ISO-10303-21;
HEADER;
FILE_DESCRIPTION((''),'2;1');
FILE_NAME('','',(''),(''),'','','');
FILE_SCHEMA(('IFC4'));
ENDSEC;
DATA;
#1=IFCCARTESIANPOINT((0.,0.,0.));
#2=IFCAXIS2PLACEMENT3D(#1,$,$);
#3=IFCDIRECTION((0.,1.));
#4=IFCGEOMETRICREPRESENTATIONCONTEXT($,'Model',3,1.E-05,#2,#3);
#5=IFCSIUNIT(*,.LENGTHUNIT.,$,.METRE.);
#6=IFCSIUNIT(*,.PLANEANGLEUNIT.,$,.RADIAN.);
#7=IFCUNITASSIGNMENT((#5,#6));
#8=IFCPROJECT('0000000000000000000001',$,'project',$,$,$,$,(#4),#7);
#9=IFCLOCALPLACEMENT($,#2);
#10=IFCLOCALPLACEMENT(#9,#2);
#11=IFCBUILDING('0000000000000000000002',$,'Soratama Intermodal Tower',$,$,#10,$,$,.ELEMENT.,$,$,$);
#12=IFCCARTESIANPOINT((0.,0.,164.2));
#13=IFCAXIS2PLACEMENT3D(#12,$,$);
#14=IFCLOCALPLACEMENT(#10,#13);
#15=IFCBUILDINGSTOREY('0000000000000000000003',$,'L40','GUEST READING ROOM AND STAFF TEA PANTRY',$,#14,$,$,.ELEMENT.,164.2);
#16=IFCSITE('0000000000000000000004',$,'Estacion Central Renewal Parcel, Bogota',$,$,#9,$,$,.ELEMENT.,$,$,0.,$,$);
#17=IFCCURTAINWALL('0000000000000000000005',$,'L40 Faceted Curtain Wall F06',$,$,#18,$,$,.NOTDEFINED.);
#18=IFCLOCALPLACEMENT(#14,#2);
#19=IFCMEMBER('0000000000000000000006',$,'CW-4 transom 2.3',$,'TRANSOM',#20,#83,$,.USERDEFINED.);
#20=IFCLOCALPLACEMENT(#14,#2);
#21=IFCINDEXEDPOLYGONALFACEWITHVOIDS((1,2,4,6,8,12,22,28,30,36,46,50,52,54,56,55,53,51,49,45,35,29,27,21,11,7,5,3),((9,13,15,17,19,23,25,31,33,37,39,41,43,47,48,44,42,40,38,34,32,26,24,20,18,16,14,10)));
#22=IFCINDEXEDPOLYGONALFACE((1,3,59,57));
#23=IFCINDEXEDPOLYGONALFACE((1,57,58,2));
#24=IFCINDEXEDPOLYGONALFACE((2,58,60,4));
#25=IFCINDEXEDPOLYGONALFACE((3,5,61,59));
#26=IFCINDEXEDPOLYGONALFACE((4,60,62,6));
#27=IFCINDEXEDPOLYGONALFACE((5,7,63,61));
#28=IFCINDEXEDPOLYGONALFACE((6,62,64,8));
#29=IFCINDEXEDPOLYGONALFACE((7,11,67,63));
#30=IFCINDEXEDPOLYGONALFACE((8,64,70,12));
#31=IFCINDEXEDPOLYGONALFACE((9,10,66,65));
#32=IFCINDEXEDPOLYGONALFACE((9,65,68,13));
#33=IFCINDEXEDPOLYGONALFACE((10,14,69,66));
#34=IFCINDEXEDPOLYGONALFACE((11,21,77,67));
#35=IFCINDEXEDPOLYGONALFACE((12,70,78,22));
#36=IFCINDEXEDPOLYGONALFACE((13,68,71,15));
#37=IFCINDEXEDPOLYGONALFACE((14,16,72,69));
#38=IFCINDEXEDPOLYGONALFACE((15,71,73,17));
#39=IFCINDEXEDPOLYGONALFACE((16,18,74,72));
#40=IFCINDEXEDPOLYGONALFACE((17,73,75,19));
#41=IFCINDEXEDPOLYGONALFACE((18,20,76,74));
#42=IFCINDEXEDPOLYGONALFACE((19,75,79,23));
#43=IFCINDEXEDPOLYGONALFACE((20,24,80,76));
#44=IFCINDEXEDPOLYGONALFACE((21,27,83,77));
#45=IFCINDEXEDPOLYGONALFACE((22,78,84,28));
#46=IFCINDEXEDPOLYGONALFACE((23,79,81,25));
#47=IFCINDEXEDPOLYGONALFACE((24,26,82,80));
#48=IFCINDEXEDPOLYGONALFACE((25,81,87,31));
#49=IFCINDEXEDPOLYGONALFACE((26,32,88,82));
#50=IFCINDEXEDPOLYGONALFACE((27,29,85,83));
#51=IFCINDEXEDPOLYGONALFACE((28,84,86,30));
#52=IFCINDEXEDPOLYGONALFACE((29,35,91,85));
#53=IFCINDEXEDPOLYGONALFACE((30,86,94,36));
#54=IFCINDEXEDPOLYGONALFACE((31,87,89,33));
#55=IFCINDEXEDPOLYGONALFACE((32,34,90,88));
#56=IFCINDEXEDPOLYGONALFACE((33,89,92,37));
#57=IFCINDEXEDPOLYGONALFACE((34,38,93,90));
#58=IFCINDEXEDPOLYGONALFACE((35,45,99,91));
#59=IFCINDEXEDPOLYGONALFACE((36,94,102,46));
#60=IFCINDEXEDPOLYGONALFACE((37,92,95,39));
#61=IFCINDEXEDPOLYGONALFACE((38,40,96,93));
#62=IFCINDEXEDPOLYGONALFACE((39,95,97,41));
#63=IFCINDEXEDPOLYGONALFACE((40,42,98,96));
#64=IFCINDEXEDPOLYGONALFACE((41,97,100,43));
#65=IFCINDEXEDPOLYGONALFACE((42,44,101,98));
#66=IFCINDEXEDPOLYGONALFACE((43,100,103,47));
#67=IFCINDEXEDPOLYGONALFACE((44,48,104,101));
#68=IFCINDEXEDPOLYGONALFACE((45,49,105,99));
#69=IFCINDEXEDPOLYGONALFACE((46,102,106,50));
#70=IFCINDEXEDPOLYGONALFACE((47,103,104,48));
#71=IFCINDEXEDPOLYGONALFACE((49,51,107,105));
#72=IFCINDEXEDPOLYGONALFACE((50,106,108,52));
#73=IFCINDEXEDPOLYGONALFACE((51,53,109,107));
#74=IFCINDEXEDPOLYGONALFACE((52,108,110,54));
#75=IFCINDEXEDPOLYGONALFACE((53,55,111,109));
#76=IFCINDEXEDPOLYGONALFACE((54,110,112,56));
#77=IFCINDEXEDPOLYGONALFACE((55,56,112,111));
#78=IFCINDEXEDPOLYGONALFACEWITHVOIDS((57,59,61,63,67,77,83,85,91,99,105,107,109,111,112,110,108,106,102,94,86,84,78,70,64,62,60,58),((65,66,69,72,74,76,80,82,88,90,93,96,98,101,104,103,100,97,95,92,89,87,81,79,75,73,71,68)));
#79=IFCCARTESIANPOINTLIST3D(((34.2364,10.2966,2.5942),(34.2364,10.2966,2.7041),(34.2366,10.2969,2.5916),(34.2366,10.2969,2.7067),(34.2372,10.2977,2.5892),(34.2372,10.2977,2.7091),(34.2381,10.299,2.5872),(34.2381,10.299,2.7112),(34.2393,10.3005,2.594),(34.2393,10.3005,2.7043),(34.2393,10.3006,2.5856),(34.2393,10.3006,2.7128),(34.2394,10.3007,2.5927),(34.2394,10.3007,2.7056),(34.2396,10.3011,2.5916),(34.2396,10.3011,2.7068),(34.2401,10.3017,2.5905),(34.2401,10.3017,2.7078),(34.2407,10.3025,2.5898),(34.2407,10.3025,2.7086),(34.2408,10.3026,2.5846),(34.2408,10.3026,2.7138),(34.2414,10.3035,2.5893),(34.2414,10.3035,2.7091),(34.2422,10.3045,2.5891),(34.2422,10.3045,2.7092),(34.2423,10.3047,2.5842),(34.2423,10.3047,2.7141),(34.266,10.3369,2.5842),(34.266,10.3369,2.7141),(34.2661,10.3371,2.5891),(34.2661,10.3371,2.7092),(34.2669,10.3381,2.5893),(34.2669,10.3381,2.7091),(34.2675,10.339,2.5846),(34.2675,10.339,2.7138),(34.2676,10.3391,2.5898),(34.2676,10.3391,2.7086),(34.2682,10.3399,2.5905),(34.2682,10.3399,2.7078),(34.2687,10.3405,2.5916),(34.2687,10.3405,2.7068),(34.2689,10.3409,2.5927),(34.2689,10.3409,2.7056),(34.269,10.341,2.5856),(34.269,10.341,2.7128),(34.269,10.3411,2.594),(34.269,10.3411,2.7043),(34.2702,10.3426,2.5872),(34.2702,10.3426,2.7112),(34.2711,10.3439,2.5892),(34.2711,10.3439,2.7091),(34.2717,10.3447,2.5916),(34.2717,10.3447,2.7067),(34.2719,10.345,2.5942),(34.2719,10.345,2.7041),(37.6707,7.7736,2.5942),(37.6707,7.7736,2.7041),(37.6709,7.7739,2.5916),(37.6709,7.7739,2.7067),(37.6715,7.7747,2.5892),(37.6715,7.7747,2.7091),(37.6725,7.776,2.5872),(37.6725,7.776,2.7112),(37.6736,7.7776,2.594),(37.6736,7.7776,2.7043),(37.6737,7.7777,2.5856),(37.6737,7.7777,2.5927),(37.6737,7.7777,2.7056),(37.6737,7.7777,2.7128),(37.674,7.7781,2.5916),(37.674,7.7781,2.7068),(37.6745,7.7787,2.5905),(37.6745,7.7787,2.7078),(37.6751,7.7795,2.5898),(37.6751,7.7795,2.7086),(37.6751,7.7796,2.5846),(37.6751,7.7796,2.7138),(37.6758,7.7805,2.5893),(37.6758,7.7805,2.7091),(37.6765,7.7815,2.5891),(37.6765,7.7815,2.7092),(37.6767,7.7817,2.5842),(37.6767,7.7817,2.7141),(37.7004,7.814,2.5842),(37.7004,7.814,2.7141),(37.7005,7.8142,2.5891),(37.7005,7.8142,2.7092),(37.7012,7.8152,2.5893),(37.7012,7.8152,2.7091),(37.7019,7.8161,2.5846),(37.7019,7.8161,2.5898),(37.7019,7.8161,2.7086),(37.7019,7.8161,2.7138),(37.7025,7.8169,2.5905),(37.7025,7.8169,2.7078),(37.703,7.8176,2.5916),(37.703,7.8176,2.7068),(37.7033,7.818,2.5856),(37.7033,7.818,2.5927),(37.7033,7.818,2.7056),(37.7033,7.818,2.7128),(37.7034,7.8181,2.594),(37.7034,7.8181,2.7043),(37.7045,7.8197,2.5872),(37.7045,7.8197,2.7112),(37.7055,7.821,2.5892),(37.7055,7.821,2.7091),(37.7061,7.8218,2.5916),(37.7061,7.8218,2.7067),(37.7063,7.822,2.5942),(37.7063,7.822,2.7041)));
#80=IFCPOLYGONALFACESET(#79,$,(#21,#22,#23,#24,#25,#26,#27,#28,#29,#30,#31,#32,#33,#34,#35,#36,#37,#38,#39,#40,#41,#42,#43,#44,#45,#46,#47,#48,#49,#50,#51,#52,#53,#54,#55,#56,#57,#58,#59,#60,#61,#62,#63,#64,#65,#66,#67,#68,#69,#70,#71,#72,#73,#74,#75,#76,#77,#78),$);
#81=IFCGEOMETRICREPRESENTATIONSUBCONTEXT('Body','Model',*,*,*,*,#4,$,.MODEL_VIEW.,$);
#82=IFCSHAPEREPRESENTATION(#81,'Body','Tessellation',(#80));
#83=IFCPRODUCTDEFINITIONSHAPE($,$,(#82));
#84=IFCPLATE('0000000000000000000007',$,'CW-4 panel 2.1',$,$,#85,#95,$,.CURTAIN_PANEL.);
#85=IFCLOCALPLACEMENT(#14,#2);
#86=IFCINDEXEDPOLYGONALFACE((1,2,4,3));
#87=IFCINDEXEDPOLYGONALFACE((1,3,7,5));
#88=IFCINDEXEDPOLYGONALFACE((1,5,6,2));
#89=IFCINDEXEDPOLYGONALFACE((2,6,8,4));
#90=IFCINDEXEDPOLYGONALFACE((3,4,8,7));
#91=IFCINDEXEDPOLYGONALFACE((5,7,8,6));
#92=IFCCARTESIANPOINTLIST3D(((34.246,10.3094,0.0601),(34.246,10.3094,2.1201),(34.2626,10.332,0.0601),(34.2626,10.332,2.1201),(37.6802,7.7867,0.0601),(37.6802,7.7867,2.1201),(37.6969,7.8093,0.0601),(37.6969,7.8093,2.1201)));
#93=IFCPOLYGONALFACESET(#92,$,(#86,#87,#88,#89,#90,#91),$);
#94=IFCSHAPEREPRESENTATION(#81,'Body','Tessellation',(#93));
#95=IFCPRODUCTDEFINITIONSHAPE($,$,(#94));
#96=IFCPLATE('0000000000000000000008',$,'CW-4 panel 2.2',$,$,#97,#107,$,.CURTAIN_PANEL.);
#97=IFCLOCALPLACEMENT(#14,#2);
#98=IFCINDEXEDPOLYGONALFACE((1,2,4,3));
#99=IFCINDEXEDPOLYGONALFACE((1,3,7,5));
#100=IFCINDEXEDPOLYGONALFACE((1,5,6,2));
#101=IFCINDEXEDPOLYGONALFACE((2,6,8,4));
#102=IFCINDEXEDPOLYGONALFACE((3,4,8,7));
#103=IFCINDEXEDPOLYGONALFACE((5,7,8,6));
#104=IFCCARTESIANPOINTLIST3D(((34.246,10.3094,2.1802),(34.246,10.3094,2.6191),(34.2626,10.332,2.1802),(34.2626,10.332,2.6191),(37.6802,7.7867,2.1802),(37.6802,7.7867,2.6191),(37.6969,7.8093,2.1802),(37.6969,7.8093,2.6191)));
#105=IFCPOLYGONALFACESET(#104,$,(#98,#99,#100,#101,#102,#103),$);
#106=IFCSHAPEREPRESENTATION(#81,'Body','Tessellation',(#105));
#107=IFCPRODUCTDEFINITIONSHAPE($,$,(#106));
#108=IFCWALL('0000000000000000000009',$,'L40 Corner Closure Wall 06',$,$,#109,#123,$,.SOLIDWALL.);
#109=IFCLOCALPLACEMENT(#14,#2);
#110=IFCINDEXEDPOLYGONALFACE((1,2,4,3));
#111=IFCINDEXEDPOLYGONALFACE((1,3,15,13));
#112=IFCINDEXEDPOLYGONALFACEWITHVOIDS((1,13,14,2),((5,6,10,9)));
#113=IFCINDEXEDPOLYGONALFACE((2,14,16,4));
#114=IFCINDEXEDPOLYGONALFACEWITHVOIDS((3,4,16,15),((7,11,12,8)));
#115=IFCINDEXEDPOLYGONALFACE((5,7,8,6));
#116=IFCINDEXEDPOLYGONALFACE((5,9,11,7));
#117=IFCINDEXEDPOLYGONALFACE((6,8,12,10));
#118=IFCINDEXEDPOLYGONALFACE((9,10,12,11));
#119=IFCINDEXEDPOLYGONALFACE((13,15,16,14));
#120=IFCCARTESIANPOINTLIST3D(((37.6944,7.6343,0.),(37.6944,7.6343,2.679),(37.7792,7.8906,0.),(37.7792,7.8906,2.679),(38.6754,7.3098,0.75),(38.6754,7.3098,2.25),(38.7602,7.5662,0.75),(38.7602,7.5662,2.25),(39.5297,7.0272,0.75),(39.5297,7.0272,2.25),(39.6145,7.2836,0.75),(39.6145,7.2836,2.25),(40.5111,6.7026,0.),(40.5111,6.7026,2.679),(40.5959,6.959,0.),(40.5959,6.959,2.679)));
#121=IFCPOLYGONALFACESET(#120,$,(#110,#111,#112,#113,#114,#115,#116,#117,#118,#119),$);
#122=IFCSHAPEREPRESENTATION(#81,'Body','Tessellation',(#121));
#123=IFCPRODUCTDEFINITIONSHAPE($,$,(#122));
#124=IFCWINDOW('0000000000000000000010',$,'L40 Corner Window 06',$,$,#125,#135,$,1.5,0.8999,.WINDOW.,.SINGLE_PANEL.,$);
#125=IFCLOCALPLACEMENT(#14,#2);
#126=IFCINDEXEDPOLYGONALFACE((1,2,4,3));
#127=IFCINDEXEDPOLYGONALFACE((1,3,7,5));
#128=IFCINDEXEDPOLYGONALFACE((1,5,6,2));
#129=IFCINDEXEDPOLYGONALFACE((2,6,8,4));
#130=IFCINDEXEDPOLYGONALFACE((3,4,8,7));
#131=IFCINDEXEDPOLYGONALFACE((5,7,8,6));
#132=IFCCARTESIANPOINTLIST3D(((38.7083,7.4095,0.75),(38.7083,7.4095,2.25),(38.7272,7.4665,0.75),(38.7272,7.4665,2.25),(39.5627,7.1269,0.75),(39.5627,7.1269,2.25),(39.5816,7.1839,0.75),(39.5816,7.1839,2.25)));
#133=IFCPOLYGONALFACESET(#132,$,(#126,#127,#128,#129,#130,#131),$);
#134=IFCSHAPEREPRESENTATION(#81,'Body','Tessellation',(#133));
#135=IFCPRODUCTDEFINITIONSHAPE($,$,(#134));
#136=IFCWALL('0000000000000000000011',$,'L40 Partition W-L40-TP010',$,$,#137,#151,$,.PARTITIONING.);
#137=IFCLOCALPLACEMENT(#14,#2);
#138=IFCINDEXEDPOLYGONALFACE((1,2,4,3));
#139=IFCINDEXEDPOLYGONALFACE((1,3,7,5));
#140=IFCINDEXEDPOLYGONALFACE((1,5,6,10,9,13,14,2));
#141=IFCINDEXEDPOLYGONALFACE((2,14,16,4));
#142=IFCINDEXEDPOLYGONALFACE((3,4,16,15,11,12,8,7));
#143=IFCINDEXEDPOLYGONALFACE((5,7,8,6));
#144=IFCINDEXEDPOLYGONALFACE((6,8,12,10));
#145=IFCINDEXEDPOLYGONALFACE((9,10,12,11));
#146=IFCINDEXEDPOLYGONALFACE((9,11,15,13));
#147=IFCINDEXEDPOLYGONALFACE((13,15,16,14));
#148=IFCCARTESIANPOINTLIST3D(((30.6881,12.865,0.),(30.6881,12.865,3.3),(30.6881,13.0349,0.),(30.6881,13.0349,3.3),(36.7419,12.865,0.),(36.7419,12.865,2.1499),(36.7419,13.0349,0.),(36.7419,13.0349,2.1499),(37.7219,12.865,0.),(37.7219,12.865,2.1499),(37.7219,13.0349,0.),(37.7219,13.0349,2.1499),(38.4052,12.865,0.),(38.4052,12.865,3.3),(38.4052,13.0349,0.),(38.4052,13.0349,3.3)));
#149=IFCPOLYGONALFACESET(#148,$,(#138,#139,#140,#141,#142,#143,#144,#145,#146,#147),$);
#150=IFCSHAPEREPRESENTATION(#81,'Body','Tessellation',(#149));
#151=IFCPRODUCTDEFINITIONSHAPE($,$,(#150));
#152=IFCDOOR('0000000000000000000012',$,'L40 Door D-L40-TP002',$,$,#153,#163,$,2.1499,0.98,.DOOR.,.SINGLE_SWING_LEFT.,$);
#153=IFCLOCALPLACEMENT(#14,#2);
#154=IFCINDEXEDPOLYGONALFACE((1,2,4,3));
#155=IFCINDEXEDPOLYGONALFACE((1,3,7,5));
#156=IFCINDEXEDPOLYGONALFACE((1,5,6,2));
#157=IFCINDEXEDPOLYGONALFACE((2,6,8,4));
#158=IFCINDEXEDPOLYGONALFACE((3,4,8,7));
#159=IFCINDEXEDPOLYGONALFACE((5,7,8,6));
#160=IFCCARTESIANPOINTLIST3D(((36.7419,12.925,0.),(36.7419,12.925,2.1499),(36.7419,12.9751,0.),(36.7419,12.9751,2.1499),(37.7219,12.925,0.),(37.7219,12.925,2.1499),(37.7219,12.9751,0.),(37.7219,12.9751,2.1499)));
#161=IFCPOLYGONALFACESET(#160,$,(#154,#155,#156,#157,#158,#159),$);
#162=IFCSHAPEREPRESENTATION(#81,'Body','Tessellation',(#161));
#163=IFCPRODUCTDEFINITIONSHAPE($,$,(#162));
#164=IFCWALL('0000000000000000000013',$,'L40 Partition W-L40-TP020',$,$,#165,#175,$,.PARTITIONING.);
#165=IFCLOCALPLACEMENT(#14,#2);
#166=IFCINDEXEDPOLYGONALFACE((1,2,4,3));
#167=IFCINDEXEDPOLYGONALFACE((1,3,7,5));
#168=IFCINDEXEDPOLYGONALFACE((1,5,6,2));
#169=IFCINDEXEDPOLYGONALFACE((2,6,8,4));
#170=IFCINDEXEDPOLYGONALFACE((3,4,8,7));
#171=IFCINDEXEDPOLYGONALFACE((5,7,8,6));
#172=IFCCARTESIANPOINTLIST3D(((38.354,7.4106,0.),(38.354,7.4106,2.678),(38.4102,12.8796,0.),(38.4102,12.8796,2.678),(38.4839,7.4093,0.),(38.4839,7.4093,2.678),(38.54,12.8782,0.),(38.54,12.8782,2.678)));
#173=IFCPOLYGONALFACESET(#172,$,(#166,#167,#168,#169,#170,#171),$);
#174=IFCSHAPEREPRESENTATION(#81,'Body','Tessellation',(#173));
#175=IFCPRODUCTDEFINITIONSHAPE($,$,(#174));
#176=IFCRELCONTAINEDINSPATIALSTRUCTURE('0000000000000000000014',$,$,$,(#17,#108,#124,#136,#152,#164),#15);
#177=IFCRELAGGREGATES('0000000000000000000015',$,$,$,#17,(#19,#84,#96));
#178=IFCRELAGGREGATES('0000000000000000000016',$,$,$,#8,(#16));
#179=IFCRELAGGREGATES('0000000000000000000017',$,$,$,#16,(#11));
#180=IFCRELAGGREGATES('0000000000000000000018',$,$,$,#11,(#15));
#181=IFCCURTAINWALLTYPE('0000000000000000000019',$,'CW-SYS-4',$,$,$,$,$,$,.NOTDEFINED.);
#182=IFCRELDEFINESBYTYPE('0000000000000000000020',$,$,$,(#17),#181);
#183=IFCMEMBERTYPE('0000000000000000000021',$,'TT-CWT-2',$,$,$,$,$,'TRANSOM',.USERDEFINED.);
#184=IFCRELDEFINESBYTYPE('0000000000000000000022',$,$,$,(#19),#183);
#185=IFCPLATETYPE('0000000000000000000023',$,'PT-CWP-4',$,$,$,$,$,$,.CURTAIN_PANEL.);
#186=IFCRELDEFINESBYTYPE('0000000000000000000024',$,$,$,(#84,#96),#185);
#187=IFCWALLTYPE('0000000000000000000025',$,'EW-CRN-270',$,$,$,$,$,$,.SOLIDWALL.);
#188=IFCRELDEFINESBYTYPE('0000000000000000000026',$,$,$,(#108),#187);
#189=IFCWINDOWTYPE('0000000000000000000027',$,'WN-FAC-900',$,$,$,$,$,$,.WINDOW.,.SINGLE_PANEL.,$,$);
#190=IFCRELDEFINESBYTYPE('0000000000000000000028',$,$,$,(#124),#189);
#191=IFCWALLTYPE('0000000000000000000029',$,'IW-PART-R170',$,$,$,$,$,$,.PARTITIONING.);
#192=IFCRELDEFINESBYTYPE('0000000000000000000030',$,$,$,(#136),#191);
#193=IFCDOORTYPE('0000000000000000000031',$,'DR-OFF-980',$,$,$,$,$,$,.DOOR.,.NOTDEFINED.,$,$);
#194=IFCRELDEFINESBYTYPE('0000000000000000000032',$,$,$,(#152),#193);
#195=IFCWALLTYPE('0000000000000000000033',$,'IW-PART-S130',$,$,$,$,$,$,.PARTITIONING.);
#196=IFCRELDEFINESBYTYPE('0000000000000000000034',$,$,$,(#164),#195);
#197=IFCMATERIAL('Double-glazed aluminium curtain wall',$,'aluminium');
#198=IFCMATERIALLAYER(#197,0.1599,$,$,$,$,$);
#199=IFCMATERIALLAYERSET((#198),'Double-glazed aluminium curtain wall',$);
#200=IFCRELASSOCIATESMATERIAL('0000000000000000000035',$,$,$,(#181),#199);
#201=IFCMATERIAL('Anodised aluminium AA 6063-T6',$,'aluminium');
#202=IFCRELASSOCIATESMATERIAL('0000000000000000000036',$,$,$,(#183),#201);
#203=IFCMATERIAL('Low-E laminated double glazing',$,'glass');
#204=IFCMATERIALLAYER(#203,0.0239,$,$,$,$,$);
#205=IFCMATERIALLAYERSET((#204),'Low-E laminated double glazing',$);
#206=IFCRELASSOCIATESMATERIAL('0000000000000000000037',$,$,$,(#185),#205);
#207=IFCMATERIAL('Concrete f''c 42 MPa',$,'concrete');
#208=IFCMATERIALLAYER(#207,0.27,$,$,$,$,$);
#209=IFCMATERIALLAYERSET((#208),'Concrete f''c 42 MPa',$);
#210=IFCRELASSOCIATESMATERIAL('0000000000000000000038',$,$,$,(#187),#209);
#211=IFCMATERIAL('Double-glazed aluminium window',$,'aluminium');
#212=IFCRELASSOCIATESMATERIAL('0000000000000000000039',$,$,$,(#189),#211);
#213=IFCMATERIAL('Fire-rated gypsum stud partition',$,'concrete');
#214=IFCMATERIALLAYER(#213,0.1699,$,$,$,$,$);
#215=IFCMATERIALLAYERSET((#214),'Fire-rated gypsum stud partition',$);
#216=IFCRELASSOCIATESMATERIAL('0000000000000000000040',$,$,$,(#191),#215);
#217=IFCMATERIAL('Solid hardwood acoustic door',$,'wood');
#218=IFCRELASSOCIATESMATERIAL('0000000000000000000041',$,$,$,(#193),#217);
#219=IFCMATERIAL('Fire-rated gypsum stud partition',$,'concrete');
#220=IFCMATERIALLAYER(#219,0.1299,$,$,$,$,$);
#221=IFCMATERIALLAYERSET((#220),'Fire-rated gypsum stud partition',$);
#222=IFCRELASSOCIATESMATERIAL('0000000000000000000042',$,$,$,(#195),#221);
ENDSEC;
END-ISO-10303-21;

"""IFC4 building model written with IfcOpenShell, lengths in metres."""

from ifc_helpers import new_model, si_unit, direction, frame, frame_2d, origin, origin_2d, place, context, subcontext, project, spatial, rectangle, hollow_rectangle, extrude, material, layer, layer_set, material_profile, profile_set, type_object, element, fill, aggregate, save


model = new_model("IFC4")

# Units and contexts
model_context = context("Model", 3, precision=1e-05, world=origin(), true_north=direction((0.0, 1.0)))
body_context = subcontext(model_context, "Body", "Model", "MODEL_VIEW")
ifc_project = project(units=[si_unit("LENGTHUNIT", "METRE"), si_unit("PLANEANGLEUNIT", "RADIAN")], contexts=[model_context])

# Site, building, storey
site_placement = place(None, origin())
site = spatial("IfcSite", under=ifc_project, at=site_placement, Name="Estacion Central Renewal Parcel, Bogota", CompositionType="ELEMENT", RefElevation=0.0)
building_placement = place(site_placement, origin())
building = spatial("IfcBuilding", under=site, at=building_placement, Name="Soratama Intermodal Tower", CompositionType="ELEMENT")
storey_placement = place(building_placement, frame((0.0, 0.0, 164.2)))
storey = spatial("IfcBuildingStorey", under=building, at=storey_placement, Name="L40", Description="GUEST READING ROOM AND STAFF TEA PANTRY", CompositionType="ELEMENT", Elevation=164.2)

# Curtain wall, member, plates
ifc_material_1 = material(Name="Double-glazed aluminium curtain wall", Category="aluminium")
ifc_layer_1 = layer(ifc_material_1, 0.1599)
ifc_layer_set_1 = layer_set([ifc_layer_1], Name="Double-glazed aluminium curtain wall")
curtain_wall_type = type_object("IfcCurtainWallType", Name="CW-SYS-4", PredefinedType="NOTDEFINED", material=ifc_layer_set_1)
curtain_wall_placement = place(storey_placement, origin())
curtain_wall = element("IfcCurtainWall", 1, at=curtain_wall_placement, inside=storey, type_object=curtain_wall_type, Name="L40 Faceted Curtain Wall F06", PredefinedType="NOTDEFINED")
ifc_material_2 = material(Name="Anodised aluminium AA 6063-T6", Category="aluminium")
ifc_material_profile_1 = material_profile(ifc_material_2, hollow_rectangle(XDim=0.0601, YDim=0.1299, WallThickness=0.0049, InnerFilletRadius=0.0049, OuterFilletRadius=0.01, at=origin_2d()), Name="CWT130X60X5")
ifc_profile_set_1 = profile_set([ifc_material_profile_1], Name="Anodised aluminium AA 6063-T6")
member_type_1 = type_object("IfcMemberType", Name="TT-CWT-2", ElementType="TRANSOM", PredefinedType="USERDEFINED", material=ifc_profile_set_1)
member_1_placement = place(storey_placement, frame((34.2542, 10.3208, 2.6492), z_axis=(0.805907, -0.592042, 0.0), x_axis=(0.592042, 0.805907, 0.0)))
member_1 = element("IfcMember", 2, at=member_1_placement, type_object=member_type_1, Name="CW-4 transom 2.3", ObjectType="TRANSOM", PredefinedType="USERDEFINED", context=body_context, shape_type="SweptSolid", body=[
    extrude(hollow_rectangle(XDim=0.0601, YDim=0.1299, WallThickness=0.0049, InnerFilletRadius=0.0049, OuterFilletRadius=0.01, at=origin_2d()), origin(), (0.0, 0.0, 1.0), 4.2615),
])
ifc_material_3 = material(Name="Low-E laminated double glazing", Category="glass")
ifc_layer_2 = layer(ifc_material_3, 0.0239)
ifc_layer_set_2 = layer_set([ifc_layer_2], Name="Low-E laminated double glazing")
plate_type = type_object("IfcPlateType", Name="PT-CWP-4", PredefinedType="CURTAIN_PANEL", material=ifc_layer_set_2)
plate_1_placement = place(storey_placement, frame((35.9714, 9.0593, 0.0601), z_axis=(0.0, 0.0, 1.0), x_axis=(0.805927, -0.592015, 0.0)))
plate_1 = element("IfcPlate", 3, at=plate_1_placement, type_object=plate_type, Name="CW-4 panel 2.1", PredefinedType="CURTAIN_PANEL", context=body_context, shape_type="SweptSolid", body=[
    extrude(rectangle(XDim=4.2612, YDim=0.0281, at=origin_2d()), origin(), (0.0, 0.0, 1.0), 2.0601),
])
plate_2_placement = place(storey_placement, frame((35.9714, 9.0593, 2.1802), z_axis=(0.0, 0.0, 1.0), x_axis=(0.805927, -0.592015, 0.0)))
plate_2 = element("IfcPlate", 4, at=plate_2_placement, type_object=plate_type, Name="CW-4 panel 2.2", PredefinedType="CURTAIN_PANEL", context=body_context, shape_type="SweptSolid", body=[
    extrude(rectangle(XDim=4.2612, YDim=0.0281, at=origin_2d()), origin(), (0.0, 0.0, 1.0), 0.439),
])
aggregate(curtain_wall, [member_1, plate_1, plate_2])

# Wall, opening, window
ifc_material_4 = material(Name="Concrete f'c 42 MPa", Category="concrete")
ifc_layer_3 = layer(ifc_material_4, 0.27)
ifc_layer_set_3 = layer_set([ifc_layer_3], Name="Concrete f'c 42 MPa")
wall_type_1 = type_object("IfcWallType", Name="EW-CRN-270", PredefinedType="SOLIDWALL", material=ifc_layer_set_3)
wall_1_placement = place(storey_placement, frame((37.7368, 7.7625, 0.0), z_axis=(0.0, 0.0, 1.0), x_axis=(0.949413, -0.31403, 0.0)))
wall_1 = element("IfcWall", 5, at=wall_1_placement, inside=storey, type_object=wall_type_1, Name="L40 Corner Closure Wall 06", PredefinedType="SOLIDWALL", context=body_context, shape_type="SweptSolid", body=[
    extrude(rectangle(XDim=2.9668, YDim=0.27, at=frame_2d((1.4834, 0.0))), origin(), (0.0, 0.0, 1.0), 2.679),
])
opening_1_placement = place(wall_1_placement, frame((1.0332, 0.0, 0.75)))
opening_1 = element("IfcOpeningElement", 6, at=opening_1_placement, cuts=wall_1, PredefinedType="OPENING", context=body_context, shape_type="SweptSolid", body=[
    extrude(rectangle(XDim=0.8999, YDim=1.5, at=frame_2d((0.45, 0.75))), frame((0.0, 0.145, 0.0), z_axis=(0.0, -1.0, 0.0), x_axis=(1.0, 0.0, 0.0)), (0.0, 0.0, 1.0), 0.29),
])
ifc_material_5 = material(Name="Double-glazed aluminium window", Category="aluminium")
window_type_1 = type_object("IfcWindowType", Name="WN-FAC-900", PartitioningType="SINGLE_PANEL", PredefinedType="WINDOW", material=ifc_material_5)
window_1_placement = place(opening_1_placement, origin())
window_1 = element("IfcWindow", 7, at=window_1_placement, inside=storey, type_object=window_type_1, Name="L40 Corner Window 06", OverallHeight=1.5, OverallWidth=0.8999, PartitioningType="SINGLE_PANEL", PredefinedType="WINDOW", context=body_context, shape_type="SweptSolid", body=[
    extrude(rectangle(XDim=0.8999, YDim=1.5, at=frame_2d((0.45, 0.75))), frame((0.0, 0.03, 0.0), z_axis=(0.0, -1.0, 0.0), x_axis=(1.0, 0.0, 0.0)), (0.0, 0.0, 1.0), 0.0601),
])
fill(opening_1, window_1)

# Wall, opening, door
ifc_material_6 = material(Name="Fire-rated gypsum stud partition", Category="concrete")
ifc_layer_4 = layer(ifc_material_6, 0.1699)
ifc_layer_set_4 = layer_set([ifc_layer_4], Name="Fire-rated gypsum stud partition")
wall_type_2 = type_object("IfcWallType", Name="IW-PART-R170", PredefinedType="PARTITIONING", material=ifc_layer_set_4)
wall_2_placement = place(storey_placement, frame((38.405, 12.95, 0.0), z_axis=(0.0, 0.0, 1.0), x_axis=(-1.0, 0.0, 0.0)))
wall_2 = element("IfcWall", 8, at=wall_2_placement, inside=storey, type_object=wall_type_2, Name="L40 Partition W-L40-TP010", PredefinedType="PARTITIONING", context=body_context, shape_type="SweptSolid", body=[
    extrude(rectangle(XDim=7.717, YDim=0.1699, at=frame_2d((3.8584, 0.0))), origin(), (0.0, 0.0, 1.0), 3.3),
])
opening_2_placement = place(wall_2_placement, frame((0.6831, 0.0, 0.0)))
opening_2 = element("IfcOpeningElement", 9, at=opening_2_placement, cuts=wall_2, PredefinedType="OPENING", context=body_context, shape_type="SweptSolid", body=[
    extrude(rectangle(XDim=0.98, YDim=2.1499, at=frame_2d((0.49, 1.075))), frame((0.0, 0.095, 0.0), z_axis=(0.0, -1.0, 0.0), x_axis=(1.0, 0.0, 0.0)), (0.0, 0.0, 1.0), 0.1899),
])
ifc_material_7 = material(Name="Solid hardwood acoustic door", Category="wood")
door_type_1 = type_object("IfcDoorType", Name="DR-OFF-980", OperationType="NOTDEFINED", PredefinedType="DOOR", material=ifc_material_7)
door_1_placement = place(opening_2_placement, origin())
door_1 = element("IfcDoor", 10, at=door_1_placement, inside=storey, type_object=door_type_1, Name="L40 Door D-L40-TP002", OperationType="SINGLE_SWING_LEFT", OverallHeight=2.1499, OverallWidth=0.98, PredefinedType="DOOR", context=body_context, shape_type="SweptSolid", body=[
    extrude(rectangle(XDim=0.98, YDim=2.1499, at=frame_2d((0.49, 1.075))), frame((0.0, 0.0249, 0.0), z_axis=(0.0, -1.0, 0.0), x_axis=(1.0, 0.0, 0.0)), (0.0, 0.0, 1.0), 0.05),
])
fill(opening_2, door_1)

# Wall
ifc_material_8 = material(Name="Fire-rated gypsum stud partition", Category="concrete")
ifc_layer_5 = layer(ifc_material_8, 0.1299)
ifc_layer_set_5 = layer_set([ifc_layer_5], Name="Fire-rated gypsum stud partition")
wall_type_3 = type_object("IfcWallType", Name="IW-PART-S130", PredefinedType="PARTITIONING", material=ifc_layer_set_5)
wall_3_placement = place(storey_placement, frame((38.4751, 12.8789, 0.0), z_axis=(0.0, 0.0, 1.0), x_axis=(-0.010267, -0.999947, 0.0)))
element("IfcWall", 11, at=wall_3_placement, inside=storey, type_object=wall_type_3, Name="L40 Partition W-L40-TP020", PredefinedType="PARTITIONING", context=body_context, shape_type="SweptSolid", body=[
    extrude(rectangle(XDim=5.4692, YDim=0.1299, at=frame_2d((2.7346, 0.0))), origin(), (0.0, 0.0, 1.0), 2.678),
])

save(model, "model.ifc")
